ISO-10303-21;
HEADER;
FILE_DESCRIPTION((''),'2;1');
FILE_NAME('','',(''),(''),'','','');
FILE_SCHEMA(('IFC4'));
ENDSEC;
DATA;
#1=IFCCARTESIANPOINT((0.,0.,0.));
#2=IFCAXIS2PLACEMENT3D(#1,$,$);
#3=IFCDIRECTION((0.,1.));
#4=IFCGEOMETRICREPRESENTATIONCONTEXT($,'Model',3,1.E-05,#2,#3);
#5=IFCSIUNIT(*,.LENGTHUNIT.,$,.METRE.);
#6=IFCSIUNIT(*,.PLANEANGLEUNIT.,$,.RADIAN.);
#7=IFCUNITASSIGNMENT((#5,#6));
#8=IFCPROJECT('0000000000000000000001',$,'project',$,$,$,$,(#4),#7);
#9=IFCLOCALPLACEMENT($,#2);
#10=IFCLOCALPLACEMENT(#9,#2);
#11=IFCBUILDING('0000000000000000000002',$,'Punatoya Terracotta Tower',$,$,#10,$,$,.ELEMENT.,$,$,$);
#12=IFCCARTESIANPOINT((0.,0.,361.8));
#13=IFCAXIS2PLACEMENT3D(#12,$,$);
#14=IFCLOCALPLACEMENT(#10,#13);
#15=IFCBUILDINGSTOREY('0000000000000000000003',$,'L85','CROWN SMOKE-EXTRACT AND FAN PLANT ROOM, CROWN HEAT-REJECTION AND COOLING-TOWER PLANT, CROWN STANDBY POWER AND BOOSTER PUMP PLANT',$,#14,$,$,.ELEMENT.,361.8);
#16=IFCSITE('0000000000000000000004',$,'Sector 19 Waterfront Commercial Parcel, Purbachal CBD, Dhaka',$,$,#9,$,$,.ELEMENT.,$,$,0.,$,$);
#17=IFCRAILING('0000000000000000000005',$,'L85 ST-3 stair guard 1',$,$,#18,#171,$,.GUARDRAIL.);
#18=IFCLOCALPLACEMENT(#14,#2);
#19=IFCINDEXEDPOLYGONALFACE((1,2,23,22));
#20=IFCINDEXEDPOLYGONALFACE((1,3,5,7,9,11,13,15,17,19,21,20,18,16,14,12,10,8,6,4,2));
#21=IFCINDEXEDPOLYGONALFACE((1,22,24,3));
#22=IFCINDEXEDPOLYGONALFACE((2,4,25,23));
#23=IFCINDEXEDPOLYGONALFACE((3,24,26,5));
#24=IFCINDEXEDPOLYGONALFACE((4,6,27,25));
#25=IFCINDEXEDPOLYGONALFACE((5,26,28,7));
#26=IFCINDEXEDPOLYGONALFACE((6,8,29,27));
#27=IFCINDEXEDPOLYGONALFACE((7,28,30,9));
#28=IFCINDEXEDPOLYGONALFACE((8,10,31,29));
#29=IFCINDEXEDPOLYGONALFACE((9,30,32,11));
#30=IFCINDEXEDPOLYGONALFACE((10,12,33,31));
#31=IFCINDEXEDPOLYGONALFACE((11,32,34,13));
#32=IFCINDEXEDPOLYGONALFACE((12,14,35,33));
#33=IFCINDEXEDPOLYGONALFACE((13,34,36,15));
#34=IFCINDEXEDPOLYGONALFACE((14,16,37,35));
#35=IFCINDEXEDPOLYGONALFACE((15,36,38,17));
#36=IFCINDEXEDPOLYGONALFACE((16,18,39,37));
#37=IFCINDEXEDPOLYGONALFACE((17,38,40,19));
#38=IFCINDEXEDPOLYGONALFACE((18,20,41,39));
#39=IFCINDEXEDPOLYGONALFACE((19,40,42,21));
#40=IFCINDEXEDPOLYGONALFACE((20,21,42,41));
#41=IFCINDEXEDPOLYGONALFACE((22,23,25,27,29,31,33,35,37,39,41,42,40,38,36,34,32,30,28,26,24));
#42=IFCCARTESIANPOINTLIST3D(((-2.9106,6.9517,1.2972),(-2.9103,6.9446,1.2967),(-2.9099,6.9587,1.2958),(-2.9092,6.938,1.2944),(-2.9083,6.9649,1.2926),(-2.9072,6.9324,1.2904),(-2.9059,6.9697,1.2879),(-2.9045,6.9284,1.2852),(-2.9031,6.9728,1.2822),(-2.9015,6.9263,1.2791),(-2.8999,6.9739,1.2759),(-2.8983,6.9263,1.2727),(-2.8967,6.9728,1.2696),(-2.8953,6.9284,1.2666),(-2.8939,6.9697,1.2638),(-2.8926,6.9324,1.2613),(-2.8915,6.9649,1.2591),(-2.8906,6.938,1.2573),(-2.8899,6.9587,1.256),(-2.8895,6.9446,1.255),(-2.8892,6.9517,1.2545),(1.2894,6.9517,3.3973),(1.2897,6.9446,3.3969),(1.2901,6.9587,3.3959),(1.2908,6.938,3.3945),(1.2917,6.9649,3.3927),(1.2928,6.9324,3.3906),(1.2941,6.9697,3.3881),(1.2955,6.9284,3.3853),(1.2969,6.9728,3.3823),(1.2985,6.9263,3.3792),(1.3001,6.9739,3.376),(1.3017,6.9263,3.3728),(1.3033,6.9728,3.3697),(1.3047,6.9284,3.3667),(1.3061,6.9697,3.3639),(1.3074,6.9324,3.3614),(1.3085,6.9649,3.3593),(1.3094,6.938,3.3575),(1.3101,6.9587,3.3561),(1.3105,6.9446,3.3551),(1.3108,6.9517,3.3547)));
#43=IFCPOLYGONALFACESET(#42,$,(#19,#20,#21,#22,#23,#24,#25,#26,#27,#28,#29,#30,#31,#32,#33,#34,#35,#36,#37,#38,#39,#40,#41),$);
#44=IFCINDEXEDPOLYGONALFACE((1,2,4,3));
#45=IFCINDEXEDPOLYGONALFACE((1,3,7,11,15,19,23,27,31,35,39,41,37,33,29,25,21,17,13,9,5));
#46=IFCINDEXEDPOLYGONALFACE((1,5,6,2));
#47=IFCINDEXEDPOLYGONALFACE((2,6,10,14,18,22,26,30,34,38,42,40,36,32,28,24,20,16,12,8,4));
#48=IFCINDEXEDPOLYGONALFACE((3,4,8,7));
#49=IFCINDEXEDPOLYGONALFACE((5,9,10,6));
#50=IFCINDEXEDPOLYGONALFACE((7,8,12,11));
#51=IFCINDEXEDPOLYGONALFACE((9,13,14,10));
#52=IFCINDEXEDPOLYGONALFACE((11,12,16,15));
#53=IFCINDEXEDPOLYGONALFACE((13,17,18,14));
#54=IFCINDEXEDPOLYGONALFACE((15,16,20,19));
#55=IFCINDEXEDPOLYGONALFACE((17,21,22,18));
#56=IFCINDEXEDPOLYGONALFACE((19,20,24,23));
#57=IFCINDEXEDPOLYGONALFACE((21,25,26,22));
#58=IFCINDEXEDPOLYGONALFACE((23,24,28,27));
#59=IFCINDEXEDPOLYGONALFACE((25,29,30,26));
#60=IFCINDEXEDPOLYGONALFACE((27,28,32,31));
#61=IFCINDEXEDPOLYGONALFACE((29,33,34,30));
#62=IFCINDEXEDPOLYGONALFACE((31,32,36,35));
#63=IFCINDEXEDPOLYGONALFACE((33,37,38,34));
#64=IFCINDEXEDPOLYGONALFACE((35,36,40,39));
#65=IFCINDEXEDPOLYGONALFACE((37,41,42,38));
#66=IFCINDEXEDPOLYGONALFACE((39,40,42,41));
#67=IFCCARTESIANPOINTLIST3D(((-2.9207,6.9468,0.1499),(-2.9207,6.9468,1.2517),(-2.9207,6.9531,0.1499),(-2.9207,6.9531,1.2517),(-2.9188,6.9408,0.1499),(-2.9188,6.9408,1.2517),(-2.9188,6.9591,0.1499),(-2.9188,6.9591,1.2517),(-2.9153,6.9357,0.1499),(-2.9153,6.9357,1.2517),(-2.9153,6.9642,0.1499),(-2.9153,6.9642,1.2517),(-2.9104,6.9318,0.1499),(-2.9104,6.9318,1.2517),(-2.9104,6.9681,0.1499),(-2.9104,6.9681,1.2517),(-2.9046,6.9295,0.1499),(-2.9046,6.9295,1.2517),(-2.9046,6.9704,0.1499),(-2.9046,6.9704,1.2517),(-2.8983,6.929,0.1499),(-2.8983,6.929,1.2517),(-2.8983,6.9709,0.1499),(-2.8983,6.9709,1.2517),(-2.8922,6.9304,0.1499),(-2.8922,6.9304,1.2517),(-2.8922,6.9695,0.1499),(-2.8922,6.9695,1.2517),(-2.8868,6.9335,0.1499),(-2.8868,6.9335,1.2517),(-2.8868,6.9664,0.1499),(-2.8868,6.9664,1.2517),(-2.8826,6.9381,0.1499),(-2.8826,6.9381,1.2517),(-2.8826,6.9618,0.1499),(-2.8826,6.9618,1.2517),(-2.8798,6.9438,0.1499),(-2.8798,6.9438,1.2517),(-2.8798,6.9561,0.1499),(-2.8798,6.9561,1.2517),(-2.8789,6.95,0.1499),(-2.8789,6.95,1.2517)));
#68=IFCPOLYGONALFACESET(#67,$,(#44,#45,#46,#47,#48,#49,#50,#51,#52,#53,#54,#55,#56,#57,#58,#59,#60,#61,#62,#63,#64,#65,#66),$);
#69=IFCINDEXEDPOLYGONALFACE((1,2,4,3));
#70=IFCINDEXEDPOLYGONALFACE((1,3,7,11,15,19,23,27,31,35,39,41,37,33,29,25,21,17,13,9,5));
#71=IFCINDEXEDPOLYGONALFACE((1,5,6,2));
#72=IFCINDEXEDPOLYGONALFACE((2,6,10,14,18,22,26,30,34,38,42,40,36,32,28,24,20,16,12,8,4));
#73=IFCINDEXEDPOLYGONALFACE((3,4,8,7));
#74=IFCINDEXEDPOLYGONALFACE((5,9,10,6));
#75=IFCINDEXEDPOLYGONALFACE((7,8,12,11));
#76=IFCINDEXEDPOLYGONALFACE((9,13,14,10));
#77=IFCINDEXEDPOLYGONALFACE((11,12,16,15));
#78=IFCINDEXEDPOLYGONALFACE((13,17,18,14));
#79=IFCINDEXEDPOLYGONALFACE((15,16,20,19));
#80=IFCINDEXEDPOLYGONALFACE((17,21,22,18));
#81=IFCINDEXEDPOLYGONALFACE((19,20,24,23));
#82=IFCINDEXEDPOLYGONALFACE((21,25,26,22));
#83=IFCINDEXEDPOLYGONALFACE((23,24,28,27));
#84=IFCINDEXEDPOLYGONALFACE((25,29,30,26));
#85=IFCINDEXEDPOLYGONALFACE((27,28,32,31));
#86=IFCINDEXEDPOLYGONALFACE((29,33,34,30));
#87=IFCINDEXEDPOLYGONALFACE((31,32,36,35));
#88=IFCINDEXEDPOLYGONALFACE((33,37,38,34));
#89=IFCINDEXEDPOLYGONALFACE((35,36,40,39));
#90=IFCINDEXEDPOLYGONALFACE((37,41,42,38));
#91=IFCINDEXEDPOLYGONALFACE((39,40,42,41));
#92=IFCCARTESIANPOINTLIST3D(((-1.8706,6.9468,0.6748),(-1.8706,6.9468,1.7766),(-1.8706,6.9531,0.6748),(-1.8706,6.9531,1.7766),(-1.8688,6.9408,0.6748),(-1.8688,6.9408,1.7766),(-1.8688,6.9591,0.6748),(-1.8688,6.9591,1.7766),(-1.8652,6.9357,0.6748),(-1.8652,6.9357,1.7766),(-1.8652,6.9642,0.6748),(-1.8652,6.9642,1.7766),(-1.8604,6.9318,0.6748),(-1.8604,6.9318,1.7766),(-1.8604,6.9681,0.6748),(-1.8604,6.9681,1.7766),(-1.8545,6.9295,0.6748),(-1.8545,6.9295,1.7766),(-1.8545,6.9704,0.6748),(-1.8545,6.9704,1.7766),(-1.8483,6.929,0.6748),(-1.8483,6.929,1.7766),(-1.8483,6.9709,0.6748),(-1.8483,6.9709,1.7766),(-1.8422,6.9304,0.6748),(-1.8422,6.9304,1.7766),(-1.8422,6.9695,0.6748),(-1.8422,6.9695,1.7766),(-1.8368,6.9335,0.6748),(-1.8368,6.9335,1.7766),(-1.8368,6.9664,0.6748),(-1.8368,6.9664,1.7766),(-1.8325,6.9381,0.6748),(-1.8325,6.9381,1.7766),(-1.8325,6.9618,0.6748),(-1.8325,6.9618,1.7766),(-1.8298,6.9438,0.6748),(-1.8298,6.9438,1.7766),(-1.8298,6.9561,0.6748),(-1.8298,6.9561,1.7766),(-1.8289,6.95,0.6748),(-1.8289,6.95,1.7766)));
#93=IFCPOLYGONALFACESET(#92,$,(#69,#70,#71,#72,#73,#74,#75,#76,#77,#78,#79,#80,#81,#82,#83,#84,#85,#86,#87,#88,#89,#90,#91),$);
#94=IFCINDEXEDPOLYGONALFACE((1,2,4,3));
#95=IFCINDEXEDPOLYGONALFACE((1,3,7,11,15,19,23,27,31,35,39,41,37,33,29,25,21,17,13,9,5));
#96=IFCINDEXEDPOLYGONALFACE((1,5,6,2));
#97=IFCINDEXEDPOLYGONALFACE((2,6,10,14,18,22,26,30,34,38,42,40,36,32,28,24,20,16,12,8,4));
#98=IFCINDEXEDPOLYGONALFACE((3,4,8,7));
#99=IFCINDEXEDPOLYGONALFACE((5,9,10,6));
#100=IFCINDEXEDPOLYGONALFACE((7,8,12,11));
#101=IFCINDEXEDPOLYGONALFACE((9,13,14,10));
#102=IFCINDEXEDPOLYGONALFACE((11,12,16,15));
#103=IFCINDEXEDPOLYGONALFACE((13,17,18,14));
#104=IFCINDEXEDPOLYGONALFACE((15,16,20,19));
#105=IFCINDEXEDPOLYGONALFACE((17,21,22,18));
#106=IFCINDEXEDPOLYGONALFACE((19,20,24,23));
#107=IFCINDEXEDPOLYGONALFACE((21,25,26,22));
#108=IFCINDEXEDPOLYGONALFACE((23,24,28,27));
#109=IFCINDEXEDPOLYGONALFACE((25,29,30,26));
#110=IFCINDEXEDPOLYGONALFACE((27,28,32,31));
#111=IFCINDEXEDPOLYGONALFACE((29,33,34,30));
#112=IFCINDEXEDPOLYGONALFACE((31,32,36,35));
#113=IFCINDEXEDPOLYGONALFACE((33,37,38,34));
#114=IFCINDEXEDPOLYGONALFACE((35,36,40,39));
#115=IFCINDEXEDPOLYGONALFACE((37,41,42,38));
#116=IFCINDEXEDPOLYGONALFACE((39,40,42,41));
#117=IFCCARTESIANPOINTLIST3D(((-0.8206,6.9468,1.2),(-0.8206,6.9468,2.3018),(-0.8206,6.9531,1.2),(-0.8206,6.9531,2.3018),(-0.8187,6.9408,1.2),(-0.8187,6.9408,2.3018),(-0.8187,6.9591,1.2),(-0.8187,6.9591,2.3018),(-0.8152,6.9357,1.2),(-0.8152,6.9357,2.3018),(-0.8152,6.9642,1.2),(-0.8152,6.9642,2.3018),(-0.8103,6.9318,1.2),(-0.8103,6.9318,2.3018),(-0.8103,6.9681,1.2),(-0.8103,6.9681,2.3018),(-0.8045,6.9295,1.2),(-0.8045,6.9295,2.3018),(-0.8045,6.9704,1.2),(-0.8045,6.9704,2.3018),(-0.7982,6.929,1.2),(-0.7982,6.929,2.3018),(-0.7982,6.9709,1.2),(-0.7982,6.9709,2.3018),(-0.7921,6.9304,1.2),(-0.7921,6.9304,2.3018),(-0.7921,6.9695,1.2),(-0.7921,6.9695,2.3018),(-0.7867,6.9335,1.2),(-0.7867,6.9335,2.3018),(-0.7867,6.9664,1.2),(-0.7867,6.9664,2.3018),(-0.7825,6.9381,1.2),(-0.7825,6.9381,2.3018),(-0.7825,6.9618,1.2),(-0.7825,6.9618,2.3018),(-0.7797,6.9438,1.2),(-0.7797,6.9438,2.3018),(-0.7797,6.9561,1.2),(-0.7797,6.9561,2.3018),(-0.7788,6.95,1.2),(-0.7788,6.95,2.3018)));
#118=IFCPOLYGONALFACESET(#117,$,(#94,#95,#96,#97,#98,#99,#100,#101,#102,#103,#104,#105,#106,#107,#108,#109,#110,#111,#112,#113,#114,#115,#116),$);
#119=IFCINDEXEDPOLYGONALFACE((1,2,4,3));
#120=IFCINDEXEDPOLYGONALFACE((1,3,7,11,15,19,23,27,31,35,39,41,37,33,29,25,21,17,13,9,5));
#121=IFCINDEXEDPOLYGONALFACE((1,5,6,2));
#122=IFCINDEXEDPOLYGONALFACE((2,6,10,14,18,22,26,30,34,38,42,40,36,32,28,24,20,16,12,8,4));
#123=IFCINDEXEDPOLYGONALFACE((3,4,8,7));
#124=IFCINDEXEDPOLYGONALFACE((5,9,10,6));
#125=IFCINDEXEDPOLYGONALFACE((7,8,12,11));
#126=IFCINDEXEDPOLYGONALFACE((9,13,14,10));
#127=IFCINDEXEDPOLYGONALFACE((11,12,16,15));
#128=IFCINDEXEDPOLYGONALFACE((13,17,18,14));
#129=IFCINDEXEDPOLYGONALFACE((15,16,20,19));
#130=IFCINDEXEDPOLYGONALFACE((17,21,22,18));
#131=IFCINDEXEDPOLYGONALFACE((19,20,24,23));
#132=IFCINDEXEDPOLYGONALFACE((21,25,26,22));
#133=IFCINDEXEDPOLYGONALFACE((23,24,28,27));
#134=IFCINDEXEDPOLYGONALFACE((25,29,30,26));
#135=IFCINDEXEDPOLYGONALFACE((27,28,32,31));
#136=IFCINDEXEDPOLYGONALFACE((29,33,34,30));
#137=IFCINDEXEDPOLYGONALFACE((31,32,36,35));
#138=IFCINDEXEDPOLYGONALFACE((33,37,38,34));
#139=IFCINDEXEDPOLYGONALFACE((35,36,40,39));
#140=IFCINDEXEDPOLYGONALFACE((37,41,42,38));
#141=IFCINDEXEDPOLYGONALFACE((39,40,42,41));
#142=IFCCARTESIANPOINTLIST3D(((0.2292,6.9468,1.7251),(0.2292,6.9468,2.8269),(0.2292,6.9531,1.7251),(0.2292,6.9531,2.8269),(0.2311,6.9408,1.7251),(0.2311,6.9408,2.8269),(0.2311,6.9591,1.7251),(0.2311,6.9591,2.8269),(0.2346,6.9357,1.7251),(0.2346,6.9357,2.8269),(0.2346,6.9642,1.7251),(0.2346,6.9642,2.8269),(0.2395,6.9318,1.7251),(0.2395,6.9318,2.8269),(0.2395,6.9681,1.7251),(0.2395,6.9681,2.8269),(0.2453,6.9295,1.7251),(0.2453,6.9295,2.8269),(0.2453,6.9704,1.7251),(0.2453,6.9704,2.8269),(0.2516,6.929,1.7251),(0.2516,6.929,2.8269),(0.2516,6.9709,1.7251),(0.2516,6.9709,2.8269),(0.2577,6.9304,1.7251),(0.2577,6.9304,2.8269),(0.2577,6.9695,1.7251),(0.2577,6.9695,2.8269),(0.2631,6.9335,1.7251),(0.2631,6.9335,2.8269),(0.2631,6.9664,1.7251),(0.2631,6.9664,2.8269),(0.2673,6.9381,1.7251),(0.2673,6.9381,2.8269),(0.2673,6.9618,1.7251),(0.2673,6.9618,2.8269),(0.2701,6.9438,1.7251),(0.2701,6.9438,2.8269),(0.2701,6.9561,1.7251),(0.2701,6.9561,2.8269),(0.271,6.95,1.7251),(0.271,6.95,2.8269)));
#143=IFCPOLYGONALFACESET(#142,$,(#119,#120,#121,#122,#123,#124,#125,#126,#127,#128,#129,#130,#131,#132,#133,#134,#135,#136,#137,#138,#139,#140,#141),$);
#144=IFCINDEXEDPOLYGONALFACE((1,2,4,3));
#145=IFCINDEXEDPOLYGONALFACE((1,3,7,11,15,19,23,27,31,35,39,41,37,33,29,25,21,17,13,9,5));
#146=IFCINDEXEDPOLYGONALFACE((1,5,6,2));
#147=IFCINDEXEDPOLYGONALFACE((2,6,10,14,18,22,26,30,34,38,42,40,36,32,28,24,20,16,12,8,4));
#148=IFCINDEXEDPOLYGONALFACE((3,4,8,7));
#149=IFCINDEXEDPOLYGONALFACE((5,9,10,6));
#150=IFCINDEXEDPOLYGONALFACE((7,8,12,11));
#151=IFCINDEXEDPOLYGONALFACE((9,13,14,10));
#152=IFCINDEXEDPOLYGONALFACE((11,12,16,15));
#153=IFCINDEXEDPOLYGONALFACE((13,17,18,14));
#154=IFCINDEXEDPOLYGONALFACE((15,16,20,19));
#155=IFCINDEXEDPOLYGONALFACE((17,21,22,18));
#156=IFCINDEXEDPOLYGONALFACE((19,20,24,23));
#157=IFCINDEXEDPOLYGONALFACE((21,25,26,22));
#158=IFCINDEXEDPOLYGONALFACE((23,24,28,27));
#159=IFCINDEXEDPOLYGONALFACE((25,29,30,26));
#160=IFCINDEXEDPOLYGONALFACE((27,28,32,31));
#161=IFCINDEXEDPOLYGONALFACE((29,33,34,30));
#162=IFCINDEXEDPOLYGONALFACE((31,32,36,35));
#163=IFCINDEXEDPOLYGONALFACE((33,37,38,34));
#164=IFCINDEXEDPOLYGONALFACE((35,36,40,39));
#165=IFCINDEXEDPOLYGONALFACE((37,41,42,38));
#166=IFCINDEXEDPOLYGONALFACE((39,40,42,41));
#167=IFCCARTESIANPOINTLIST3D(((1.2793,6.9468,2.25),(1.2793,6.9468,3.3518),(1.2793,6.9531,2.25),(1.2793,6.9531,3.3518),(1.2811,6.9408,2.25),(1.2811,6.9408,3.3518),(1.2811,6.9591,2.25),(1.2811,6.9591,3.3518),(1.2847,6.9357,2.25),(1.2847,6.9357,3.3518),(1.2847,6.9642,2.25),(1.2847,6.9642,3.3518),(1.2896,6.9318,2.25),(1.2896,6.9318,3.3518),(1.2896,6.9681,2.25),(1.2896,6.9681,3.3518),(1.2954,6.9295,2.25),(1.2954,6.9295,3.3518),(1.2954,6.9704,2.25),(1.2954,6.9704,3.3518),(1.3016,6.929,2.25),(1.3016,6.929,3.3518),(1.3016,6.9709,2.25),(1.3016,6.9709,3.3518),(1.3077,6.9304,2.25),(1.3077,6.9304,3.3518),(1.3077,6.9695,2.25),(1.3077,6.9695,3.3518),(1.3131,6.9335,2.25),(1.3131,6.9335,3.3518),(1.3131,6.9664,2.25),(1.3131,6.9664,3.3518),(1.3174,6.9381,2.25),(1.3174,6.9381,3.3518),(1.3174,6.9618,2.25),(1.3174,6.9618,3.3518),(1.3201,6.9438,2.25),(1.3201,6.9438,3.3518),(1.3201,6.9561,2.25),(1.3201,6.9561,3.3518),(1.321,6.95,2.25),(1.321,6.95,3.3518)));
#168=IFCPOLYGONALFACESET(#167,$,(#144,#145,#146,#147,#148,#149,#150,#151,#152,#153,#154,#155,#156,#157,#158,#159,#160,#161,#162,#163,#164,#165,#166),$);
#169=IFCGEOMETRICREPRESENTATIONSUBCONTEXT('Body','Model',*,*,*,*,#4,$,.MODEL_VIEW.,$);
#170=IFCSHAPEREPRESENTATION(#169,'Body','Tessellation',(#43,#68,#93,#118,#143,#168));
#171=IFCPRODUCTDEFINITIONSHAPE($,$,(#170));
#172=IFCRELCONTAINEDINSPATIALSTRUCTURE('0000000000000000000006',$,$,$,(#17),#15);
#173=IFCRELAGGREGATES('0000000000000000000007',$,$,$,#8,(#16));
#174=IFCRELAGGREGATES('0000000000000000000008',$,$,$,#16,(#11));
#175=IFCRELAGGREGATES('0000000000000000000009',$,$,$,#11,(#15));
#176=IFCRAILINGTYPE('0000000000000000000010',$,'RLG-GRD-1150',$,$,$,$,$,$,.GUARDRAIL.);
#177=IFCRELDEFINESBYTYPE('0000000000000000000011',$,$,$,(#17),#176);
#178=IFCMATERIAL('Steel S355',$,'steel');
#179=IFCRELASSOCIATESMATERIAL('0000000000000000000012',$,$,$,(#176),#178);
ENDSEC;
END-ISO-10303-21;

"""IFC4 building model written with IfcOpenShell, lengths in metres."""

from ifc_helpers import new_model, si_unit, direction, frame, origin, origin_2d, place, context, subcontext, project, spatial, circle, extrude, material, type_object, element, save


model = new_model("IFC4")

# Units and contexts
model_context = context("Model", 3, precision=1e-05, world=origin(), true_north=direction((0.0, 1.0)))
body_context = subcontext(model_context, "Body", "Model", "MODEL_VIEW")
ifc_project = project(units=[si_unit("LENGTHUNIT", "METRE"), si_unit("PLANEANGLEUNIT", "RADIAN")], contexts=[model_context])

# Site, building, storey
site_placement = place(None, origin())
site = spatial("IfcSite", under=ifc_project, at=site_placement, Name="Sector 19 Waterfront Commercial Parcel, Purbachal CBD, Dhaka", CompositionType="ELEMENT", RefElevation=0.0)
building_placement = place(site_placement, origin())
building = spatial("IfcBuilding", under=site, at=building_placement, Name="Punatoya Terracotta Tower", CompositionType="ELEMENT")
storey_placement = place(building_placement, frame((0.0, 0.0, 361.8)))
storey = spatial("IfcBuildingStorey", under=building, at=storey_placement, Name="L85", Description="CROWN SMOKE-EXTRACT AND FAN PLANT ROOM, CROWN HEAT-REJECTION AND COOLING-TOWER PLANT, CROWN STANDBY POWER AND BOOSTER PUMP PLANT", CompositionType="ELEMENT", Elevation=361.8)

# Shared definitions
ifc_material_1 = material(Name="Steel S355", Category="steel")

# Railing
railing_type_1 = type_object("IfcRailingType", Name="RLG-GRD-1150", PredefinedType="GUARDRAIL", material=ifc_material_1)
railing_1_placement = place(storey_placement, frame((-2.8999, 6.95, 0.1499)))
element("IfcRailing", 1, at=railing_1_placement, inside=storey, type_object=railing_type_1, Name="L85 ST-3 stair guard 1", PredefinedType="GUARDRAIL", context=body_context, shape_type="SweptSolid", body=[
    extrude(circle(Radius=0.0239, at=origin_2d()), frame((0.0, 0.0, 1.126), z_axis=(0.894417, 0.0, 0.447234), x_axis=(0.0, 1.0, 0.0)), (0.0, 0.0, 1.0), 4.6958),
    extrude(circle(Radius=0.021, at=origin_2d()), origin(), (0.0, 0.0, 1.0), 1.1018),
    extrude(circle(Radius=0.021, at=origin_2d()), frame((1.05, 0.0, 0.5249)), (0.0, 0.0, 1.0), 1.1018),
    extrude(circle(Radius=0.021, at=origin_2d()), frame((2.1001, 0.0, 1.05)), (0.0, 0.0, 1.0), 1.1018),
    extrude(circle(Radius=0.021, at=origin_2d()), frame((3.1499, 0.0, 1.5752)), (0.0, 0.0, 1.0), 1.1018),
    extrude(circle(Radius=0.021, at=origin_2d()), frame((4.2, 0.0, 2.1001)), (0.0, 0.0, 1.0), 1.1018),
])

save(model, "model.ifc")
